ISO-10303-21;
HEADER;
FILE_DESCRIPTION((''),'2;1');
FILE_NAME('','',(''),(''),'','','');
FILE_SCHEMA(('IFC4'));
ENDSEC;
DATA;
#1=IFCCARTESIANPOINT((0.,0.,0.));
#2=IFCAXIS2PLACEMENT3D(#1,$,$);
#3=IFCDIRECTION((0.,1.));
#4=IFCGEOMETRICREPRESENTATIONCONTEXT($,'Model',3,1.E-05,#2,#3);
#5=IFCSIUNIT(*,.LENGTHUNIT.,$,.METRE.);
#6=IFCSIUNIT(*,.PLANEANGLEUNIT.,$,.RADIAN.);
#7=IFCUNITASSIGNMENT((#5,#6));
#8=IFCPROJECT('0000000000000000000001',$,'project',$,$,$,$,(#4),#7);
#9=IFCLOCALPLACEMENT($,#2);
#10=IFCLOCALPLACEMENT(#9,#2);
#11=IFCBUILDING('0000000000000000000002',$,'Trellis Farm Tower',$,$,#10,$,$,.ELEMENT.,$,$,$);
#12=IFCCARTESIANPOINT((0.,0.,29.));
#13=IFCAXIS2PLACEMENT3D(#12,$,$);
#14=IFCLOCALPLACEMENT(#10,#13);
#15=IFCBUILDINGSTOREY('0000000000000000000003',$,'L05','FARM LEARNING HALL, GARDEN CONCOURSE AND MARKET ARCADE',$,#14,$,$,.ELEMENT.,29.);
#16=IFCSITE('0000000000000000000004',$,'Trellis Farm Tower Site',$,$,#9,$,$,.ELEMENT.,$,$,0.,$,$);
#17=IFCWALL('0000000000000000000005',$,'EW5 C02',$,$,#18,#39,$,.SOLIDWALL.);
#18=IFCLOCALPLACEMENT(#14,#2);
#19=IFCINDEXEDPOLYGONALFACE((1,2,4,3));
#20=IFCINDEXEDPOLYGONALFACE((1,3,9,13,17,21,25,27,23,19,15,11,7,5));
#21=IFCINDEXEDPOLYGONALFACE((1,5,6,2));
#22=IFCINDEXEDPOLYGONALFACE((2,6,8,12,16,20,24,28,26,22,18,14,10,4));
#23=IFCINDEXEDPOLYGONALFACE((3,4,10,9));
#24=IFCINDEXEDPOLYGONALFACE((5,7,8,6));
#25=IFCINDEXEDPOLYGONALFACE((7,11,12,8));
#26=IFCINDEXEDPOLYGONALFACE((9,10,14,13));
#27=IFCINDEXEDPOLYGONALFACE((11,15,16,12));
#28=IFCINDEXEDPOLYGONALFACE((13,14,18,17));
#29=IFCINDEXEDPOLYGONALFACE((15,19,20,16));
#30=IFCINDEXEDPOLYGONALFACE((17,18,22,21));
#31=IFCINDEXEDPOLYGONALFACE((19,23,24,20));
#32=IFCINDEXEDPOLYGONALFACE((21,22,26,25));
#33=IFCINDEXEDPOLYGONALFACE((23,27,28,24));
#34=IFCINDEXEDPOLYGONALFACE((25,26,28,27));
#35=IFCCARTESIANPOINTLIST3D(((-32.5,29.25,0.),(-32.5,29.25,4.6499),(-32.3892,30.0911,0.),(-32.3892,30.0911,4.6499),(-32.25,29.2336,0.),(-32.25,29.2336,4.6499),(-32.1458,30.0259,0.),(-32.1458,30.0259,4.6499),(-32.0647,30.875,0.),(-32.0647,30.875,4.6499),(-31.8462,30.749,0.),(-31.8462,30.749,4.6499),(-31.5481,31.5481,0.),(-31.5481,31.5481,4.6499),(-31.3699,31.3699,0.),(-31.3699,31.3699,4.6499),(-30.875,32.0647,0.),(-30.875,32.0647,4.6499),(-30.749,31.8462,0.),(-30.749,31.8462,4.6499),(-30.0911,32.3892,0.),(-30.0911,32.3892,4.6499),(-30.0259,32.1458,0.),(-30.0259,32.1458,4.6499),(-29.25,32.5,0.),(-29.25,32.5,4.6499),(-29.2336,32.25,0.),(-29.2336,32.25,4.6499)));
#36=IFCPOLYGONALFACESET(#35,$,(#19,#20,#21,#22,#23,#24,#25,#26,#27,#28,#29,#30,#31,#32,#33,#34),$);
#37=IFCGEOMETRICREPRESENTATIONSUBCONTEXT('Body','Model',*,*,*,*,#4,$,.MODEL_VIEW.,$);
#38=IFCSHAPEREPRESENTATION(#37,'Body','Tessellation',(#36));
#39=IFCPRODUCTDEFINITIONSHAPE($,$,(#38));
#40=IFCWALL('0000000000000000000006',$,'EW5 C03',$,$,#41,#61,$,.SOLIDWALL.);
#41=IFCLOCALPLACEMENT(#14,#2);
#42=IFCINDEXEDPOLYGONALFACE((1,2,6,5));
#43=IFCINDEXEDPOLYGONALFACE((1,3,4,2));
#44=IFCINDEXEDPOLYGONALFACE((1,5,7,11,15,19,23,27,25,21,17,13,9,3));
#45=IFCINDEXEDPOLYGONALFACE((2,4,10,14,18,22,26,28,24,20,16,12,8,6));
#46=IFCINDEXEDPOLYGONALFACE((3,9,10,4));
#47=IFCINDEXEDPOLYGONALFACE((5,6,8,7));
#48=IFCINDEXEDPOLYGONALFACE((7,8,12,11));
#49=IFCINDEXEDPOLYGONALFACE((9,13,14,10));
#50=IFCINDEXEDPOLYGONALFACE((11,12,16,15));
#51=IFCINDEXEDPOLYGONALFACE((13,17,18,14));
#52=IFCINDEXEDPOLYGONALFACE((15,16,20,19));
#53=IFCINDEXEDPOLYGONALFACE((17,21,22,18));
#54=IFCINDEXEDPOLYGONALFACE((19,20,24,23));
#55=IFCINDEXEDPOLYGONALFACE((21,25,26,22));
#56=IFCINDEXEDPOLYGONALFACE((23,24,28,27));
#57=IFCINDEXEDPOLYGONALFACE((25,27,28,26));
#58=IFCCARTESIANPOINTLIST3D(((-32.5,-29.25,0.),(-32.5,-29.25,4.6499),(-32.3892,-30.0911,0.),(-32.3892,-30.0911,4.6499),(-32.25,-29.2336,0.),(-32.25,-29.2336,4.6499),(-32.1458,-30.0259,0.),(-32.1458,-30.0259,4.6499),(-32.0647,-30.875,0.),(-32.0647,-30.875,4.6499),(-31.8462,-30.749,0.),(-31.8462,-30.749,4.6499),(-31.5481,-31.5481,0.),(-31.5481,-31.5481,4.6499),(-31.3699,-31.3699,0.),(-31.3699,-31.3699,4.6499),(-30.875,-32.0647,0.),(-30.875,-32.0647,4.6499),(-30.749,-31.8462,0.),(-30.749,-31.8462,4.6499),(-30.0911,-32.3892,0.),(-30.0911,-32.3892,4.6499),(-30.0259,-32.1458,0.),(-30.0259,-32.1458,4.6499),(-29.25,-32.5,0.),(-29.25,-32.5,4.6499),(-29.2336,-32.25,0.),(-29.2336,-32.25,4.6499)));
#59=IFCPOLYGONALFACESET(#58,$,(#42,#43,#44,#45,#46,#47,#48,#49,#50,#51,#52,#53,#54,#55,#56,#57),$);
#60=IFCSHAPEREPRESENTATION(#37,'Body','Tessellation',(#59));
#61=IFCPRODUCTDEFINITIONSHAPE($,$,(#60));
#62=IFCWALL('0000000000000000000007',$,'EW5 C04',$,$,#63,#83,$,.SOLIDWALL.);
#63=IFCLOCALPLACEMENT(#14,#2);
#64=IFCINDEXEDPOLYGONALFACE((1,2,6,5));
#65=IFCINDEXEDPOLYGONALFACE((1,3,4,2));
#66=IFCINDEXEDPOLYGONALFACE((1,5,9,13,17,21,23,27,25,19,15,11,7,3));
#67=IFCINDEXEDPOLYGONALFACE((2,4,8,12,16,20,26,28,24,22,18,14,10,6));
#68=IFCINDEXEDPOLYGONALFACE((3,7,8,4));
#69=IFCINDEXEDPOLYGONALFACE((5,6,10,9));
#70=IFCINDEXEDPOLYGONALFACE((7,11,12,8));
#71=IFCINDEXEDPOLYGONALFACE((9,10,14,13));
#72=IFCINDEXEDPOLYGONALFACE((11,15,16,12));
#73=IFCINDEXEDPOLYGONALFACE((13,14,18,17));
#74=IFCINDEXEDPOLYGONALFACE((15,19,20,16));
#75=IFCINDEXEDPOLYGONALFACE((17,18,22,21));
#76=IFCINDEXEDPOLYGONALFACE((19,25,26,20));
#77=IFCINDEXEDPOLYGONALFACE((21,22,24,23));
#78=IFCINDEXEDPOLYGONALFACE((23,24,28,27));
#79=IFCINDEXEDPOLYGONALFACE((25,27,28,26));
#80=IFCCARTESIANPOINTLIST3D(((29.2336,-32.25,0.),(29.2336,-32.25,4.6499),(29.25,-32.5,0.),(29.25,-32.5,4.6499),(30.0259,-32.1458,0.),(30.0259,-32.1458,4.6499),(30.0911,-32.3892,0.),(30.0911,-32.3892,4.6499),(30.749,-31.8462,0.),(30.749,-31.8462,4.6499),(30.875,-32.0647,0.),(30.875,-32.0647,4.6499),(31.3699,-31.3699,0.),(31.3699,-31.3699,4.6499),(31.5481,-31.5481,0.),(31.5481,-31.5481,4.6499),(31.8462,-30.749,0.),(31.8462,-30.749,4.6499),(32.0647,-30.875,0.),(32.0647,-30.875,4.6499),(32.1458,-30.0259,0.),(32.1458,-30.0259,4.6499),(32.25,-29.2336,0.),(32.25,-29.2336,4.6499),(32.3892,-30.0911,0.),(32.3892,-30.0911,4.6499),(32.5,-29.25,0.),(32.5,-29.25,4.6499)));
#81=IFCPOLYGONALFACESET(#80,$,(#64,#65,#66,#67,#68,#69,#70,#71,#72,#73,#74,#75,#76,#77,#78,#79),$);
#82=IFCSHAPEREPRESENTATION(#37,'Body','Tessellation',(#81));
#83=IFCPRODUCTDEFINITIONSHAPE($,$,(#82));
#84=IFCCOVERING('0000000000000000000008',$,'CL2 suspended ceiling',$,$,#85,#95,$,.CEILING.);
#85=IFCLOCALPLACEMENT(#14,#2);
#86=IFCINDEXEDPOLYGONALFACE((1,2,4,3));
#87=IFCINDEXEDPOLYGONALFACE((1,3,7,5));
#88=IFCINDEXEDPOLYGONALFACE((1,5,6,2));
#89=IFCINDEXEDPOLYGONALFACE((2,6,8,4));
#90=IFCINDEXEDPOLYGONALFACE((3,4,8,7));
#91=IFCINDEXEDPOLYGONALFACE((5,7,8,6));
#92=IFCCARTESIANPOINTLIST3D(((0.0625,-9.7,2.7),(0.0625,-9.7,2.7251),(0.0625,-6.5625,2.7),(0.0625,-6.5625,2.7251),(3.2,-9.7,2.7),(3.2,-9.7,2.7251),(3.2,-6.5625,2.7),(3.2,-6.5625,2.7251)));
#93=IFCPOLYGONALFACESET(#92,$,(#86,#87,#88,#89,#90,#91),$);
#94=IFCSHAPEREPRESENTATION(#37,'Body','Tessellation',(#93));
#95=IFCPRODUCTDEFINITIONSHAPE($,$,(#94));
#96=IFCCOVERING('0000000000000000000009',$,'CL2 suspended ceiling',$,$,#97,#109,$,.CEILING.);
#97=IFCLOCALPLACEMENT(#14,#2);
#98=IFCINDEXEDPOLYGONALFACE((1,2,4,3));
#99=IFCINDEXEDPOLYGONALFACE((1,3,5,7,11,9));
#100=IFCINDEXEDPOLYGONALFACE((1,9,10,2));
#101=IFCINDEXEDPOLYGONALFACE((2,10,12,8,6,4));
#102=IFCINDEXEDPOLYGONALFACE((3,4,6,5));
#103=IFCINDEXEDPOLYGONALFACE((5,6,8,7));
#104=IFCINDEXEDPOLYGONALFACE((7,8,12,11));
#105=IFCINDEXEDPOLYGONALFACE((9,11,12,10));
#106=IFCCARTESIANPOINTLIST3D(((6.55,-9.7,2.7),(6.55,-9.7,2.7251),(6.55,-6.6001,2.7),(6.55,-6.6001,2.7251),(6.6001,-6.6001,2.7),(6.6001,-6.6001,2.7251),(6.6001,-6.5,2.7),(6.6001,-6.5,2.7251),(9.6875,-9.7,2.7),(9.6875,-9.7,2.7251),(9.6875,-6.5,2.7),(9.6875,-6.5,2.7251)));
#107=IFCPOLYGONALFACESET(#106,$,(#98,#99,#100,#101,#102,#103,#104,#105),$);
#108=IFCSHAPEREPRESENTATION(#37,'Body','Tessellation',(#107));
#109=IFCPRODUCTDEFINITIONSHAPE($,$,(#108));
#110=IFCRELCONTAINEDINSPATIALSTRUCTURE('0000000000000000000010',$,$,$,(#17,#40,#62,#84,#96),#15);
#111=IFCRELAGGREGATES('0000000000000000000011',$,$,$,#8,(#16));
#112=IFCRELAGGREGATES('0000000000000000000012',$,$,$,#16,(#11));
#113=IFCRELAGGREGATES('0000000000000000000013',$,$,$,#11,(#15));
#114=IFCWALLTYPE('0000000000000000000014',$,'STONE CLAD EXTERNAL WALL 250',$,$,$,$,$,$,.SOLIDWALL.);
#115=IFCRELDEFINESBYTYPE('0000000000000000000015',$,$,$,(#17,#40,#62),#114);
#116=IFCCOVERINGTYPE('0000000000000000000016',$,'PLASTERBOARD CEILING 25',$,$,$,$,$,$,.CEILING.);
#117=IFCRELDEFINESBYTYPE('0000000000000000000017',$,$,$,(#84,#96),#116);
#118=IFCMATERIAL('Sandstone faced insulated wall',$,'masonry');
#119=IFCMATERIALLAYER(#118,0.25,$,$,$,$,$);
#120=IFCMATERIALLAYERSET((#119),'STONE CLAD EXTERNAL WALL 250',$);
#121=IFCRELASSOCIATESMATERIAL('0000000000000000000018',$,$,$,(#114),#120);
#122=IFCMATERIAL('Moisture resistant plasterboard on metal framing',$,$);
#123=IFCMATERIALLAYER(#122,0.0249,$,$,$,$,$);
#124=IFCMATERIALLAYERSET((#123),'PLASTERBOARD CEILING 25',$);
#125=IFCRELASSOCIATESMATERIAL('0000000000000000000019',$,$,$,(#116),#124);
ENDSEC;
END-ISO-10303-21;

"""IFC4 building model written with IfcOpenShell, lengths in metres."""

from ifc_helpers import new_model, si_unit, direction, frame, origin, place, context, subcontext, project, spatial, polyline, outline, extrude, source, transform, mapped, material, layer, layer_set, type_object, element, save


model = new_model("IFC4")

# Units and contexts
model_context = context("Model", 3, precision=1e-05, world=origin(), true_north=direction((0.0, 1.0)))
body_context = subcontext(model_context, "Body", "Model", "MODEL_VIEW")
ifc_project = project(units=[si_unit("LENGTHUNIT", "METRE"), si_unit("PLANEANGLEUNIT", "RADIAN")], contexts=[model_context])

# Site, building, storey
site_placement = place(None, origin())
site = spatial("IfcSite", under=ifc_project, at=site_placement, Name="Trellis Farm Tower Site", CompositionType="ELEMENT", RefElevation=0.0)
building_placement = place(site_placement, origin())
building = spatial("IfcBuilding", under=site, at=building_placement, Name="Trellis Farm Tower", CompositionType="ELEMENT")
storey_placement = place(building_placement, frame((0.0, 0.0, 29.0)))
storey = spatial("IfcBuildingStorey", under=building, at=storey_placement, Name="L05", Description="FARM LEARNING HALL, GARDEN CONCOURSE AND MARKET ARCADE", CompositionType="ELEMENT", Elevation=29.0)

# Shared definitions
placement_1 = place(storey_placement, origin())

# Walls
ifc_material_1 = material(Name="Sandstone faced insulated wall", Category="masonry")
ifc_layer_1 = layer(ifc_material_1, 0.25)
ifc_layer_set_1 = layer_set([ifc_layer_1], Name="STONE CLAD EXTERNAL WALL 250")
wall_type = type_object("IfcWallType", Name="STONE CLAD EXTERNAL WALL 250", PredefinedType="SOLIDWALL", material=ifc_layer_set_1)
element("IfcWall", 1, at=placement_1, inside=storey, type_object=wall_type, Name="EW5 C02", PredefinedType="SOLIDWALL", context=body_context, shape_type="SweptSolid", body=[
    extrude(outline(polyline([(-29.25, 32.5), (-30.0911, 32.3892), (-30.875, 32.0647), (-31.5481, 31.5481), (-32.0647, 30.875), (-32.3892, 30.0911), (-32.5, 29.25), (-32.25, 29.2336), (-32.1458, 30.0259), (-31.8462, 30.749), (-31.3699, 31.3699), (-30.749, 31.8462), (-30.0259, 32.1458), (-29.2336, 32.25), (-29.25, 32.5)])), origin(), (0.0, 0.0, 1.0), 4.6499),
])
element("IfcWall", 2, at=placement_1, inside=storey, type_object=wall_type, Name="EW5 C03", PredefinedType="SOLIDWALL", context=body_context, shape_type="SweptSolid", body=[
    extrude(outline(polyline([(-32.5, -29.25), (-32.3892, -30.0911), (-32.0647, -30.875), (-31.5481, -31.5481), (-30.875, -32.0647), (-30.0911, -32.3892), (-29.25, -32.5), (-29.2336, -32.25), (-30.0259, -32.1458), (-30.749, -31.8462), (-31.3699, -31.3699), (-31.8462, -30.749), (-32.1458, -30.0259), (-32.25, -29.2336), (-32.5, -29.25)])), origin(), (0.0, 0.0, 1.0), 4.6499),
])
element("IfcWall", 3, at=placement_1, inside=storey, type_object=wall_type, Name="EW5 C04", PredefinedType="SOLIDWALL", context=body_context, shape_type="SweptSolid", body=[
    extrude(outline(polyline([(29.25, -32.5), (30.0911, -32.3892), (30.875, -32.0647), (31.5481, -31.5481), (32.0647, -30.875), (32.3892, -30.0911), (32.5, -29.25), (32.25, -29.2336), (32.1458, -30.0259), (31.8462, -30.749), (31.3699, -31.3699), (30.749, -31.8462), (30.0259, -32.1458), (29.2336, -32.25), (29.25, -32.5)])), origin(), (0.0, 0.0, 1.0), 4.6499),
])

# Coverings
ifc_material_2 = material(Name="Moisture resistant plasterboard on metal framing")
ifc_layer_2 = layer(ifc_material_2, 0.0249)
ifc_layer_set_2 = layer_set([ifc_layer_2], Name="PLASTERBOARD CEILING 25")
covering_type = type_object("IfcCoveringType", Name="PLASTERBOARD CEILING 25", PredefinedType="CEILING", material=ifc_layer_set_2)
placement_2 = place(storey_placement, frame((0.0, 0.0, 2.7)))
element("IfcCovering", 4, at=placement_2, inside=storey, type_object=covering_type, Name="CL2 suspended ceiling", PredefinedType="CEILING", context=body_context, shape_type="SweptSolid", body=[
    extrude(outline(polyline([(3.2, -6.5625), (3.2, -9.7), (0.0625, -9.7), (0.0625, -6.5625), (3.2, -6.5625)])), origin(), (0.0, 0.0, 1.0), 0.0251),
])
shared_shape_1 = source(origin(), body_context, "Body", "SweptSolid", [
    extrude(outline(polyline([(6.55, -9.7), (6.55, -6.6001), (6.6001, -6.6001), (6.6001, -6.5), (9.6875, -6.5), (9.6875, -9.7), (6.55, -9.7)])), origin(), (0.0, 0.0, 1.0), 0.0251),
])
element("IfcCovering", 5, at=placement_2, inside=storey, type_object=covering_type, Name="CL2 suspended ceiling", PredefinedType="CEILING", context=body_context, shape_type="MappedRepresentation", body=[
    mapped(shared_shape_1, transform((0.0, 0.0, 0.0))),
])

save(model, "model.ifc")
